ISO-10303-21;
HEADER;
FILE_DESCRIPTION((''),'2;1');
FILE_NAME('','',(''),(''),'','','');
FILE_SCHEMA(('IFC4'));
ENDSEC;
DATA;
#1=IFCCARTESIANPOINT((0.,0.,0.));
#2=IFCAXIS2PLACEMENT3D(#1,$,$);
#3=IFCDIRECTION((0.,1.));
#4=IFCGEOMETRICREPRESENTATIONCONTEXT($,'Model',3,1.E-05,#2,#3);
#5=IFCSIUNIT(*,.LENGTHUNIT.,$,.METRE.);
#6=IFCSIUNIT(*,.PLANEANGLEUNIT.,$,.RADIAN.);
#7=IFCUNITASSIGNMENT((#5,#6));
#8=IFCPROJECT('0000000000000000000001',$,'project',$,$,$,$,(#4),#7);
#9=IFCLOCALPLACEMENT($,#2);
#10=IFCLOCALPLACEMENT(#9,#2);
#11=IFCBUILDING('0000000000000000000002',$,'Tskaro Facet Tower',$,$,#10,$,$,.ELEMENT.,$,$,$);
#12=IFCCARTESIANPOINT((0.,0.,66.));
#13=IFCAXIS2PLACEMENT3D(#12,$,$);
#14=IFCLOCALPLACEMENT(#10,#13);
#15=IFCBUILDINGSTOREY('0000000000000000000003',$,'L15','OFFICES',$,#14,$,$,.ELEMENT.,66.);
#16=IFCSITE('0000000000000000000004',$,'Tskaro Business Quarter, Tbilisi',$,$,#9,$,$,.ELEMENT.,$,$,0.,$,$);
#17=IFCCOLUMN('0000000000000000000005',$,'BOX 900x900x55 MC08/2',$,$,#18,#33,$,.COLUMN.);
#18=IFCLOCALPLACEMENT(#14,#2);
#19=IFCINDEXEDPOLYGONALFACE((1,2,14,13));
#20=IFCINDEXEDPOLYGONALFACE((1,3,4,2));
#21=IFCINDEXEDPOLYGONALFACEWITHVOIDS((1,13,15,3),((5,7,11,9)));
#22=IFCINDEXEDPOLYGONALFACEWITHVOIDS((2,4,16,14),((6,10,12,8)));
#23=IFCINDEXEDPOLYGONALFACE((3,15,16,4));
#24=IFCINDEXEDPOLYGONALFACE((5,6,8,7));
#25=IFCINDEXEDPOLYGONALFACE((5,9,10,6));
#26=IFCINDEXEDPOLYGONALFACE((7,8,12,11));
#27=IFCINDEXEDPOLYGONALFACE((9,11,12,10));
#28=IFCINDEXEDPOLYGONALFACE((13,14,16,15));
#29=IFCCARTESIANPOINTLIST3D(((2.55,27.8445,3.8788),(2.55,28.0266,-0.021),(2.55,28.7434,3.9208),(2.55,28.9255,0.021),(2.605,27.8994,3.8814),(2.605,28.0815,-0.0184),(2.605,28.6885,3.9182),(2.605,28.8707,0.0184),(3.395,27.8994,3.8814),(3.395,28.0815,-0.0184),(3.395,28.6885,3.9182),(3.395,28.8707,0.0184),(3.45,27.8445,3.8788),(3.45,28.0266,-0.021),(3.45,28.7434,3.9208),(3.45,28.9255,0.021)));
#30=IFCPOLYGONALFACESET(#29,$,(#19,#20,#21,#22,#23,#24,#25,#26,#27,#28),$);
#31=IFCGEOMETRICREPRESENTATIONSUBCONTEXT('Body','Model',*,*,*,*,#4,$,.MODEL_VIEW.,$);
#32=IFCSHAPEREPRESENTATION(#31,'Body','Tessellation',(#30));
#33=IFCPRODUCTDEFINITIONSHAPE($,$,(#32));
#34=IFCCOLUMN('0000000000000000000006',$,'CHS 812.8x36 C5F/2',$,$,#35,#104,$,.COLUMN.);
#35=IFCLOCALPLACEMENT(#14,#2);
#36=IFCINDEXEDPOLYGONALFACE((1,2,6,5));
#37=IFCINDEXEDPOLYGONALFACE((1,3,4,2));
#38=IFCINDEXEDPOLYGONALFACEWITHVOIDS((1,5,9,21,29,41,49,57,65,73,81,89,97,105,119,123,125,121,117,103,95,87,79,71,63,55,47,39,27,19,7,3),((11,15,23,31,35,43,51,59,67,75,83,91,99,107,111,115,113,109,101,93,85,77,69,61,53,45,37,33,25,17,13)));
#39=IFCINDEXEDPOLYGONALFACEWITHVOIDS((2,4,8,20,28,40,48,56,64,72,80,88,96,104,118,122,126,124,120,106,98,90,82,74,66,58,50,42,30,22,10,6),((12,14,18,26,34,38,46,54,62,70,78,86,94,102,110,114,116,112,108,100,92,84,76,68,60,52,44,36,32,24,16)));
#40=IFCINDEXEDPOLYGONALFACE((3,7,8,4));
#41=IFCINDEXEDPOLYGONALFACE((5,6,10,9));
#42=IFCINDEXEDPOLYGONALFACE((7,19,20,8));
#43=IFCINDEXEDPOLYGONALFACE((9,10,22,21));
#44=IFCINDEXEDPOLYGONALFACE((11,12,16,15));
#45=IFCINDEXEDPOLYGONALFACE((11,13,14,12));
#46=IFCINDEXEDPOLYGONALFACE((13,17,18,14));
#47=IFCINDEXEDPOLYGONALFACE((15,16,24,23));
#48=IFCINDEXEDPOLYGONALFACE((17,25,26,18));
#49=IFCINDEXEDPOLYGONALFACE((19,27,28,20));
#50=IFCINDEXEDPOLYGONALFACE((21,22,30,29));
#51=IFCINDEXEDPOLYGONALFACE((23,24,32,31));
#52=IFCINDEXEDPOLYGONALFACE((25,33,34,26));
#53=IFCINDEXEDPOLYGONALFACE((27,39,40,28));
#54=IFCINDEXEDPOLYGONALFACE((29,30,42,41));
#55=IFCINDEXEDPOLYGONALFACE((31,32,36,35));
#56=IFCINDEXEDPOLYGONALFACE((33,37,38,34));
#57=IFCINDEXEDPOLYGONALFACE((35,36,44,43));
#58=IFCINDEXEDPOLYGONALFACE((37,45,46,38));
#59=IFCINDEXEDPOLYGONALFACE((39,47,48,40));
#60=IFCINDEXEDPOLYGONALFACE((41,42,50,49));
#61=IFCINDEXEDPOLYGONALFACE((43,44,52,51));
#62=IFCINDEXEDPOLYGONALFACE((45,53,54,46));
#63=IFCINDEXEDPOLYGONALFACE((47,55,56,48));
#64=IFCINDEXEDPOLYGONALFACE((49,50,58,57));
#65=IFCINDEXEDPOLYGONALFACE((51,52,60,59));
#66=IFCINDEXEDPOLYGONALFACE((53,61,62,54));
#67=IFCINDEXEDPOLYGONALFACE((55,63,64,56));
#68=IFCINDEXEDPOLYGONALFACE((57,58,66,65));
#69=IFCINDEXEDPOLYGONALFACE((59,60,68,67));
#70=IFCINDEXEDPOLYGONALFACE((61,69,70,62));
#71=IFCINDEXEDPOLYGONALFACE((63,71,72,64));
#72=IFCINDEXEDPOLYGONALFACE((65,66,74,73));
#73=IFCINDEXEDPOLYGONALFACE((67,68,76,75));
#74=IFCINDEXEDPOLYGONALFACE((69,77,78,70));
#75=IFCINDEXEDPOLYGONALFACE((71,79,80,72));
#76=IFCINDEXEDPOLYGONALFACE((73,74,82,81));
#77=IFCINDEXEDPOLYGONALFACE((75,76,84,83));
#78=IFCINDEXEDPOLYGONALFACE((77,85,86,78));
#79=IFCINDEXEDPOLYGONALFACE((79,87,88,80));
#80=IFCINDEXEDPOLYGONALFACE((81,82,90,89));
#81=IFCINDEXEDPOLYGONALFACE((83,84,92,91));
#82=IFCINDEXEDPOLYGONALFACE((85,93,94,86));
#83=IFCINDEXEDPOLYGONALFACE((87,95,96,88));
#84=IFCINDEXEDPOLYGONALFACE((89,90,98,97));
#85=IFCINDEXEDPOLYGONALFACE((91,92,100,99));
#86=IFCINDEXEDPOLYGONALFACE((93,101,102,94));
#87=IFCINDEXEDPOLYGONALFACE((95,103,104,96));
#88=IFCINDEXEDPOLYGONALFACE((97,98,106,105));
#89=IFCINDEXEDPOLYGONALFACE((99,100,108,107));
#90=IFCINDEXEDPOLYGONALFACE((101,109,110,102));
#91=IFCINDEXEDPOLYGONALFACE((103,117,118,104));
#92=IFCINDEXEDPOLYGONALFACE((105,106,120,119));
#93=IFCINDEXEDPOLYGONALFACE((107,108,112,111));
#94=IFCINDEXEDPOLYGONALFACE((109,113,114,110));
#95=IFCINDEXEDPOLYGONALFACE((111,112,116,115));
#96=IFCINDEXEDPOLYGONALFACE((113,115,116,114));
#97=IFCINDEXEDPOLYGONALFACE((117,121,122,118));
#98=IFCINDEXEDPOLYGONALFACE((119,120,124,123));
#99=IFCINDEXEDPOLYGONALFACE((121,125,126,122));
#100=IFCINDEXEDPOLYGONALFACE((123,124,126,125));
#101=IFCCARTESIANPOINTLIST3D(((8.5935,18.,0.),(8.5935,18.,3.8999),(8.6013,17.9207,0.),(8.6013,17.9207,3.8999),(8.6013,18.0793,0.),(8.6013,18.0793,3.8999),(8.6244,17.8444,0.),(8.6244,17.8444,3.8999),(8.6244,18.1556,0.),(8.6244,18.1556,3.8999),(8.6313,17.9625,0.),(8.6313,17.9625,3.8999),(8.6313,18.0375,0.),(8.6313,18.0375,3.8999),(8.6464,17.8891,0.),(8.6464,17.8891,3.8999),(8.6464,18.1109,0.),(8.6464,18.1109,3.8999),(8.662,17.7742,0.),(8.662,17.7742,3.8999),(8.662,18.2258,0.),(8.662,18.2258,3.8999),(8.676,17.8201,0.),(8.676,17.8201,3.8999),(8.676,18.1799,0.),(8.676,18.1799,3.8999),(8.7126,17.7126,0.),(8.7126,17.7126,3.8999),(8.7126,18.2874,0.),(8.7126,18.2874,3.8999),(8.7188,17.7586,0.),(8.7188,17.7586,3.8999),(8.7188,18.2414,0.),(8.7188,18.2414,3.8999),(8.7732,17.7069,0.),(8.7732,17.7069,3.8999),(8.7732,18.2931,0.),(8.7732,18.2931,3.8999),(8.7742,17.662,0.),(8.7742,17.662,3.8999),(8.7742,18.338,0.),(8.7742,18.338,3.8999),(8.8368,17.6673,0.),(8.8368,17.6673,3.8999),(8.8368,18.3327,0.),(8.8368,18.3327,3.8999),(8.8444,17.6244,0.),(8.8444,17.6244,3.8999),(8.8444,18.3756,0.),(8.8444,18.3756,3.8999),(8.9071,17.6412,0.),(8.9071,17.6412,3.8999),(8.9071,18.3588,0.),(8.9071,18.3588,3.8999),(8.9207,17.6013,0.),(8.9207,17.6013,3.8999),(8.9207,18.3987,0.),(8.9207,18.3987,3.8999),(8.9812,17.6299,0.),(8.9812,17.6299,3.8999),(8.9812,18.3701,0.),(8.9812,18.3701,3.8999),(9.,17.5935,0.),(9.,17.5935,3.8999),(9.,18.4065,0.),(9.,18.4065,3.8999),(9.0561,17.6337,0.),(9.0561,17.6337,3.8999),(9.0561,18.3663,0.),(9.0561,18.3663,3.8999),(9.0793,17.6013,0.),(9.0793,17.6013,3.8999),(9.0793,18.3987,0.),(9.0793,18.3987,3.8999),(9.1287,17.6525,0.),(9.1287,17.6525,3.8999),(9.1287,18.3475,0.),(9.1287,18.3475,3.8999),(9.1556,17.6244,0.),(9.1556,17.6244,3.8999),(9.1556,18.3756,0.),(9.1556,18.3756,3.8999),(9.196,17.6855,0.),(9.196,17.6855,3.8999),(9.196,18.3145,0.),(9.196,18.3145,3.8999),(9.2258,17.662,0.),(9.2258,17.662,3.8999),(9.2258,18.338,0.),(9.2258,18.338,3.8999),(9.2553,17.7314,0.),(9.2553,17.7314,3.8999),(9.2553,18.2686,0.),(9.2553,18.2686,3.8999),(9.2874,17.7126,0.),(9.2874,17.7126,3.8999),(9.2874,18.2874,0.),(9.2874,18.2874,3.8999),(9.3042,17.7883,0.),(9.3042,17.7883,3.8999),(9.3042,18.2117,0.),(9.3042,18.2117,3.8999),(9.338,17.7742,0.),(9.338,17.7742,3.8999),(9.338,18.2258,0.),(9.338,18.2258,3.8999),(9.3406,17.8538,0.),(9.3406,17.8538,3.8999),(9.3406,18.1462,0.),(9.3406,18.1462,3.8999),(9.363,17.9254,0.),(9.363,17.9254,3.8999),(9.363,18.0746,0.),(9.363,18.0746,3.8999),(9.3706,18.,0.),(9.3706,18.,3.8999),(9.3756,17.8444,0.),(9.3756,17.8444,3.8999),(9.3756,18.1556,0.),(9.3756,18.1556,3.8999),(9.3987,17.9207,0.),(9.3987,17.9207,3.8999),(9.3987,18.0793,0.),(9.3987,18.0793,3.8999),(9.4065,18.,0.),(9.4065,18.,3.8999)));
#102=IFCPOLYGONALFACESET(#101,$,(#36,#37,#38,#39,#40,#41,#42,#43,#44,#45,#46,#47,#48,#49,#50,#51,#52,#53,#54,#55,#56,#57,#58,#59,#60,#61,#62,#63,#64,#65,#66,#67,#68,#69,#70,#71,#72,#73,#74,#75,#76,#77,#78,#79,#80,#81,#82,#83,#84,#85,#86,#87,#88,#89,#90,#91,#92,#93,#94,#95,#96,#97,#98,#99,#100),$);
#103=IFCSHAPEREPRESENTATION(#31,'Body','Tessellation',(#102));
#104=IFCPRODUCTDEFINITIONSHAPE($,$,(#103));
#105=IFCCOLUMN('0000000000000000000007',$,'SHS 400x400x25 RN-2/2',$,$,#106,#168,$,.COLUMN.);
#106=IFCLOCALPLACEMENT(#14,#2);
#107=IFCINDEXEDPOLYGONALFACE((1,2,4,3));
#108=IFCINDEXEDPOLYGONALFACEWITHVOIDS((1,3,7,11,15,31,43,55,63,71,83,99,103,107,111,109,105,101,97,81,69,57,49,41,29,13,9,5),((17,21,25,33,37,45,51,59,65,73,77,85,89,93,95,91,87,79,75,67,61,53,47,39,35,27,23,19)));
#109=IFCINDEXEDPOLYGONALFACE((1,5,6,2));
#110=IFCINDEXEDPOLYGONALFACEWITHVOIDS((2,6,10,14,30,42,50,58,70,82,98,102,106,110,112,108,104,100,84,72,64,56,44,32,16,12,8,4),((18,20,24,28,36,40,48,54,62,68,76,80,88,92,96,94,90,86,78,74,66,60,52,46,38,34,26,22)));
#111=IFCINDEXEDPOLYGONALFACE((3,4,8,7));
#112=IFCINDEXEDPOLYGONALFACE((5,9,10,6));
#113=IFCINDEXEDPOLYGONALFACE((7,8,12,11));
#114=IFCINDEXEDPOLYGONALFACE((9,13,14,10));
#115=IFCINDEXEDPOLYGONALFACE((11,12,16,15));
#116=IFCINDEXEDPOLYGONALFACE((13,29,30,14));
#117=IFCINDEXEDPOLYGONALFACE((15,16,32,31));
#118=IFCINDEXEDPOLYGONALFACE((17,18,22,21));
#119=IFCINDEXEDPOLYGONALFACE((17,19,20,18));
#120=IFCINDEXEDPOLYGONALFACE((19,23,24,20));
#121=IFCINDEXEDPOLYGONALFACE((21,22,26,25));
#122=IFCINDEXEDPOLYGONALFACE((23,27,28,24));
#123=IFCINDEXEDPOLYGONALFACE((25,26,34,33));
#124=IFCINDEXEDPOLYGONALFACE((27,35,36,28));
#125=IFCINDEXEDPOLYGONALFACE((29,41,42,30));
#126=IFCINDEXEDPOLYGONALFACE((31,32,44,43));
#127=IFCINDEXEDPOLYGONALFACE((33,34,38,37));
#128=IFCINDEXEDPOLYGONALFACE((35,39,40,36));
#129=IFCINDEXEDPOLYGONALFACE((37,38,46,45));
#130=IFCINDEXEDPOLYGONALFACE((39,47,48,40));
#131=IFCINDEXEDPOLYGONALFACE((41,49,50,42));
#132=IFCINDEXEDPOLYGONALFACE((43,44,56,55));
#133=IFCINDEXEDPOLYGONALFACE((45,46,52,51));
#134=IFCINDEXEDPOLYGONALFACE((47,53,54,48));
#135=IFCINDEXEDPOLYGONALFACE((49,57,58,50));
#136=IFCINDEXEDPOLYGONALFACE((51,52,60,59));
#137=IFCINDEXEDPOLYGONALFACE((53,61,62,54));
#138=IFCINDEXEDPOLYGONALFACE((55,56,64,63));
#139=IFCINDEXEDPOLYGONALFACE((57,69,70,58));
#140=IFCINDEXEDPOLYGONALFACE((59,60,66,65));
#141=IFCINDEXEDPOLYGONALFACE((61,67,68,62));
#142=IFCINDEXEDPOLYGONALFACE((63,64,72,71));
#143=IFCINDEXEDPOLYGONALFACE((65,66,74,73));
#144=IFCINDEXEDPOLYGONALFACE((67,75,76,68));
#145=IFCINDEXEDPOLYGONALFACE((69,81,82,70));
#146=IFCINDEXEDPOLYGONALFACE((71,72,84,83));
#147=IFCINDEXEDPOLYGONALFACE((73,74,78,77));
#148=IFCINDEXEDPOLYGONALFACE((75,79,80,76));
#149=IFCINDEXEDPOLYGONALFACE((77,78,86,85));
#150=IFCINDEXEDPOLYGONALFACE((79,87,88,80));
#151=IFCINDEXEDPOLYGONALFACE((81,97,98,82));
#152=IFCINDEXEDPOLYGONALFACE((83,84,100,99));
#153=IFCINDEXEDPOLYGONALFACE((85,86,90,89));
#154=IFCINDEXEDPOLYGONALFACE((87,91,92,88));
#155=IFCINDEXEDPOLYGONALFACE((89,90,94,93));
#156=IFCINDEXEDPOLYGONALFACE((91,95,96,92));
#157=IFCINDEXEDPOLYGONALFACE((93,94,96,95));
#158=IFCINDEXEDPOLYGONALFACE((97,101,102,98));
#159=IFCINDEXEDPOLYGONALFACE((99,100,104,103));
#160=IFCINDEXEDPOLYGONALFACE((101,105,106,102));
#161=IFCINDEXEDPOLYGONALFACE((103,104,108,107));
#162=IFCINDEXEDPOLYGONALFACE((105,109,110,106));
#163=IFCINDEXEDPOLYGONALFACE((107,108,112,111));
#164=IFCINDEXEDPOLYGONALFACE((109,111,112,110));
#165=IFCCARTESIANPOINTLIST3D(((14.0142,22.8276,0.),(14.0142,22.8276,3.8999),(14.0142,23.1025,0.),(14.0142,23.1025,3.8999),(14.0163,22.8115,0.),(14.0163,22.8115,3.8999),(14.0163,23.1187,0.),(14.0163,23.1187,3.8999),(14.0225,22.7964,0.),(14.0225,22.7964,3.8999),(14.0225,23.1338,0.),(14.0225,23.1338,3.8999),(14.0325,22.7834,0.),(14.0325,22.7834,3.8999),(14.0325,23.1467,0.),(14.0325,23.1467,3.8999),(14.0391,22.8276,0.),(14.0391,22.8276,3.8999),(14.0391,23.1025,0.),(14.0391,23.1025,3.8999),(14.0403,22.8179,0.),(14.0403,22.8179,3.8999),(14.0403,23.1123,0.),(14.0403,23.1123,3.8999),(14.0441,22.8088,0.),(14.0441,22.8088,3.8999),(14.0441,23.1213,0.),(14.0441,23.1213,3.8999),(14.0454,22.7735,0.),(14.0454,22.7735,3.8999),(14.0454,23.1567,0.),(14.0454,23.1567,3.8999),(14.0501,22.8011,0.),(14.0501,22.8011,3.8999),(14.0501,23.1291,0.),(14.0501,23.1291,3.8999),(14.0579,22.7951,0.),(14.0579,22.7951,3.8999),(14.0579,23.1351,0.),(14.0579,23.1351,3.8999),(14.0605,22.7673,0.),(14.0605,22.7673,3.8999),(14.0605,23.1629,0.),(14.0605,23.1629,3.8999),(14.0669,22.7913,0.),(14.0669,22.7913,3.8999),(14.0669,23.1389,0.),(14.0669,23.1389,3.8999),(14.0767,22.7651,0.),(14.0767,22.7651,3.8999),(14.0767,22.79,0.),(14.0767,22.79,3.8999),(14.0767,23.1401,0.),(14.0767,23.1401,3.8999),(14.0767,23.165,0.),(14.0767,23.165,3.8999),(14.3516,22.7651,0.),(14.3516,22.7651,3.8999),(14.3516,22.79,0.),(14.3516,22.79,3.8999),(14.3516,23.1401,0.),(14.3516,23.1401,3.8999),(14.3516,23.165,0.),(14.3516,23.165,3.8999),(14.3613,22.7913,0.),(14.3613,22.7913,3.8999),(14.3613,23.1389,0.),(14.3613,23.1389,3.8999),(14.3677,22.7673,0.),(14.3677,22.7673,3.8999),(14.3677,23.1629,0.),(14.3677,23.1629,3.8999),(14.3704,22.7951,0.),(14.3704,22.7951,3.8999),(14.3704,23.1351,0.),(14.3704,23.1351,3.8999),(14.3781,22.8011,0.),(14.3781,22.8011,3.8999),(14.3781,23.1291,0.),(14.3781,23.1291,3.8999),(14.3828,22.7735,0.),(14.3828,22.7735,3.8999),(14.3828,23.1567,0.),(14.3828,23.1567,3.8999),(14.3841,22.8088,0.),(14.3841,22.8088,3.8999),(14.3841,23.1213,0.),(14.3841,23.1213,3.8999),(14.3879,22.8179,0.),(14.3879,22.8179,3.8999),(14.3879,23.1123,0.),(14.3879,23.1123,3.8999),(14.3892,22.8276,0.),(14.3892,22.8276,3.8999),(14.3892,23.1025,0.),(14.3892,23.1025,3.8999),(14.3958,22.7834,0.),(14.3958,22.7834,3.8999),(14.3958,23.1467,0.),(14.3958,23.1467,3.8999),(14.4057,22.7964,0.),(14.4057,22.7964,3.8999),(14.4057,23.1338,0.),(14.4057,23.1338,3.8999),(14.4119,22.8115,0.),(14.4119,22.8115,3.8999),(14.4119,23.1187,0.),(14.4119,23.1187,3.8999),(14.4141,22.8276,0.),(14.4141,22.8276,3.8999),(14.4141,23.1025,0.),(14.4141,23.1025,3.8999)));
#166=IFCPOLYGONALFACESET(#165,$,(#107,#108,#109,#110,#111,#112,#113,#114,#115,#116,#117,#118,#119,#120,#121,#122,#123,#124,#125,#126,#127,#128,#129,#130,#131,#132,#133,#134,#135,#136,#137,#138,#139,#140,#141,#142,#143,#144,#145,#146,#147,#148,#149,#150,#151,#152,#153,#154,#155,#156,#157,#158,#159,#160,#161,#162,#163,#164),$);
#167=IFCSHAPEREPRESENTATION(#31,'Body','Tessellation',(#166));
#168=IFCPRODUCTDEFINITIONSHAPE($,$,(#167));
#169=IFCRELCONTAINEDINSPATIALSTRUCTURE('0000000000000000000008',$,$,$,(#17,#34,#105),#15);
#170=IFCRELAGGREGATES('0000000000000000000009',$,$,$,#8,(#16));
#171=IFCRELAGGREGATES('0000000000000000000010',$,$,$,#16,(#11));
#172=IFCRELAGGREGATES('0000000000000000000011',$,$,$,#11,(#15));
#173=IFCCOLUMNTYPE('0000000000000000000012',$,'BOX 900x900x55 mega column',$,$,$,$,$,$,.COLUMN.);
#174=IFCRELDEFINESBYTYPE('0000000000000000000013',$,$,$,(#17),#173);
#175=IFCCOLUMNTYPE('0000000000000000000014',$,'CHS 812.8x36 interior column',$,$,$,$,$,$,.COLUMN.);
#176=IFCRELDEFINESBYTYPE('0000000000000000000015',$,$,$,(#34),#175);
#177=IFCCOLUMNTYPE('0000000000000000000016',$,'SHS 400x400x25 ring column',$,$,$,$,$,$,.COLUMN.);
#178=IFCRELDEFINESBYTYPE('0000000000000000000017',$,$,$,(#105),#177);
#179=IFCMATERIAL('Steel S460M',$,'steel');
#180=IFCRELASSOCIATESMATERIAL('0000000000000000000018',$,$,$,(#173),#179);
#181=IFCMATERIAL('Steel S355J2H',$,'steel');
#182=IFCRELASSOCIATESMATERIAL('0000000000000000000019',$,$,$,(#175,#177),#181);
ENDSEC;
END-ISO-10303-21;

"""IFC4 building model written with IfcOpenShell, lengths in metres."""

from ifc_helpers import new_model, si_unit, direction, frame, origin, origin_2d, place, context, subcontext, project, spatial, hollow_rectangle, hollow_circle, extrude, material, material_profile, profile_set, type_object, element, save


model = new_model("IFC4")

# Units and contexts
model_context = context("Model", 3, precision=1e-05, world=origin(), true_north=direction((0.0, 1.0)))
body_context = subcontext(model_context, "Body", "Model", "MODEL_VIEW")
ifc_project = project(units=[si_unit("LENGTHUNIT", "METRE"), si_unit("PLANEANGLEUNIT", "RADIAN")], contexts=[model_context])

# Site, building, storey
site_placement = place(None, origin())
site = spatial("IfcSite", under=ifc_project, at=site_placement, Name="Tskaro Business Quarter, Tbilisi", CompositionType="ELEMENT", RefElevation=0.0)
building_placement = place(site_placement, origin())
building = spatial("IfcBuilding", under=site, at=building_placement, Name="Tskaro Facet Tower", CompositionType="ELEMENT")
storey_placement = place(building_placement, frame((0.0, 0.0, 66.0)))
storey = spatial("IfcBuildingStorey", under=building, at=storey_placement, Name="L15", Description="OFFICES", CompositionType="ELEMENT", Elevation=66.0)

# Columns
ifc_material_1 = material(Name="Steel S460M", Category="steel")
ifc_material_profile_1 = material_profile(ifc_material_1, hollow_rectangle(XDim=0.8999, YDim=0.8999, WallThickness=0.0549, at=origin_2d()), Name="BOX 900x900x55")
ifc_profile_set_1 = profile_set([ifc_material_profile_1], Name="Steel S460M")
column_type_1 = type_object("IfcColumnType", Name="BOX 900x900x55 mega column", PredefinedType="COLUMN", material=ifc_profile_set_1)
column_1_placement = place(storey_placement, frame((3.0, 28.4761, 0.0), z_axis=(0.0, -0.04665, 0.998911), x_axis=(1.0, 0.0, 0.0)))
element("IfcColumn", 1, at=column_1_placement, inside=storey, type_object=column_type_1, Name="BOX 900x900x55 MC08/2", PredefinedType="COLUMN", context=body_context, shape_type="SweptSolid", body=[
    extrude(hollow_rectangle(XDim=0.8999, YDim=0.8999, WallThickness=0.0549, at=origin_2d()), origin(), (0.0, 0.0, 1.0), 3.9041),
])
ifc_material_2 = material(Name="Steel S355J2H", Category="steel")
ifc_material_profile_2 = material_profile(ifc_material_2, hollow_circle(Radius=0.4065, WallThickness=0.0359, at=origin_2d()), Name="CHS 812.8x36")
ifc_profile_set_2 = profile_set([ifc_material_profile_2], Name="Steel S355J2H")
column_type_2 = type_object("IfcColumnType", Name="CHS 812.8x36 interior column", PredefinedType="COLUMN", material=ifc_profile_set_2)
column_2_placement = place(storey_placement, frame((9.0, 18.0, 0.0), z_axis=(0.0, 0.0, 1.0), x_axis=(1.0, 0.0, 0.0)))
element("IfcColumn", 2, at=column_2_placement, inside=storey, type_object=column_type_2, Name="CHS 812.8x36 C5F/2", PredefinedType="COLUMN", context=body_context, shape_type="SweptSolid", body=[
    extrude(hollow_circle(Radius=0.4065, WallThickness=0.0359, at=origin_2d()), origin(), (0.0, 0.0, 1.0), 3.8999),
])
ifc_material_profile_3 = material_profile(ifc_material_2, hollow_rectangle(XDim=0.3999, YDim=0.3999, WallThickness=0.0249, InnerFilletRadius=0.0376, OuterFilletRadius=0.0625, at=origin_2d()), Name="SHS 400x400x25")
ifc_profile_set_3 = profile_set([ifc_material_profile_3], Name="Steel S355J2H")
column_type_3 = type_object("IfcColumnType", Name="SHS 400x400x25 ring column", PredefinedType="COLUMN", material=ifc_profile_set_3)
for number, where, z_axis, x_axis, name in (
    (3, (14.2141, 22.9651, 0.0), (0.0, 0.0, 1.0), (1.0, 0.0, 0.0), "SHS 400x400x25 RN-2/2"),
):
    element("IfcColumn", number, at=place(storey_placement, frame(where, z_axis=z_axis, x_axis=x_axis)), inside=storey, type_object=column_type_3, Name=name, PredefinedType="COLUMN", context=body_context, shape_type="SweptSolid", body=[
        extrude(hollow_rectangle(XDim=0.3999, YDim=0.3999, WallThickness=0.0249, InnerFilletRadius=0.0376, OuterFilletRadius=0.0625, at=origin_2d()), origin(), (0.0, 0.0, 1.0), 3.8999),
    ])

save(model, "model.ifc")
